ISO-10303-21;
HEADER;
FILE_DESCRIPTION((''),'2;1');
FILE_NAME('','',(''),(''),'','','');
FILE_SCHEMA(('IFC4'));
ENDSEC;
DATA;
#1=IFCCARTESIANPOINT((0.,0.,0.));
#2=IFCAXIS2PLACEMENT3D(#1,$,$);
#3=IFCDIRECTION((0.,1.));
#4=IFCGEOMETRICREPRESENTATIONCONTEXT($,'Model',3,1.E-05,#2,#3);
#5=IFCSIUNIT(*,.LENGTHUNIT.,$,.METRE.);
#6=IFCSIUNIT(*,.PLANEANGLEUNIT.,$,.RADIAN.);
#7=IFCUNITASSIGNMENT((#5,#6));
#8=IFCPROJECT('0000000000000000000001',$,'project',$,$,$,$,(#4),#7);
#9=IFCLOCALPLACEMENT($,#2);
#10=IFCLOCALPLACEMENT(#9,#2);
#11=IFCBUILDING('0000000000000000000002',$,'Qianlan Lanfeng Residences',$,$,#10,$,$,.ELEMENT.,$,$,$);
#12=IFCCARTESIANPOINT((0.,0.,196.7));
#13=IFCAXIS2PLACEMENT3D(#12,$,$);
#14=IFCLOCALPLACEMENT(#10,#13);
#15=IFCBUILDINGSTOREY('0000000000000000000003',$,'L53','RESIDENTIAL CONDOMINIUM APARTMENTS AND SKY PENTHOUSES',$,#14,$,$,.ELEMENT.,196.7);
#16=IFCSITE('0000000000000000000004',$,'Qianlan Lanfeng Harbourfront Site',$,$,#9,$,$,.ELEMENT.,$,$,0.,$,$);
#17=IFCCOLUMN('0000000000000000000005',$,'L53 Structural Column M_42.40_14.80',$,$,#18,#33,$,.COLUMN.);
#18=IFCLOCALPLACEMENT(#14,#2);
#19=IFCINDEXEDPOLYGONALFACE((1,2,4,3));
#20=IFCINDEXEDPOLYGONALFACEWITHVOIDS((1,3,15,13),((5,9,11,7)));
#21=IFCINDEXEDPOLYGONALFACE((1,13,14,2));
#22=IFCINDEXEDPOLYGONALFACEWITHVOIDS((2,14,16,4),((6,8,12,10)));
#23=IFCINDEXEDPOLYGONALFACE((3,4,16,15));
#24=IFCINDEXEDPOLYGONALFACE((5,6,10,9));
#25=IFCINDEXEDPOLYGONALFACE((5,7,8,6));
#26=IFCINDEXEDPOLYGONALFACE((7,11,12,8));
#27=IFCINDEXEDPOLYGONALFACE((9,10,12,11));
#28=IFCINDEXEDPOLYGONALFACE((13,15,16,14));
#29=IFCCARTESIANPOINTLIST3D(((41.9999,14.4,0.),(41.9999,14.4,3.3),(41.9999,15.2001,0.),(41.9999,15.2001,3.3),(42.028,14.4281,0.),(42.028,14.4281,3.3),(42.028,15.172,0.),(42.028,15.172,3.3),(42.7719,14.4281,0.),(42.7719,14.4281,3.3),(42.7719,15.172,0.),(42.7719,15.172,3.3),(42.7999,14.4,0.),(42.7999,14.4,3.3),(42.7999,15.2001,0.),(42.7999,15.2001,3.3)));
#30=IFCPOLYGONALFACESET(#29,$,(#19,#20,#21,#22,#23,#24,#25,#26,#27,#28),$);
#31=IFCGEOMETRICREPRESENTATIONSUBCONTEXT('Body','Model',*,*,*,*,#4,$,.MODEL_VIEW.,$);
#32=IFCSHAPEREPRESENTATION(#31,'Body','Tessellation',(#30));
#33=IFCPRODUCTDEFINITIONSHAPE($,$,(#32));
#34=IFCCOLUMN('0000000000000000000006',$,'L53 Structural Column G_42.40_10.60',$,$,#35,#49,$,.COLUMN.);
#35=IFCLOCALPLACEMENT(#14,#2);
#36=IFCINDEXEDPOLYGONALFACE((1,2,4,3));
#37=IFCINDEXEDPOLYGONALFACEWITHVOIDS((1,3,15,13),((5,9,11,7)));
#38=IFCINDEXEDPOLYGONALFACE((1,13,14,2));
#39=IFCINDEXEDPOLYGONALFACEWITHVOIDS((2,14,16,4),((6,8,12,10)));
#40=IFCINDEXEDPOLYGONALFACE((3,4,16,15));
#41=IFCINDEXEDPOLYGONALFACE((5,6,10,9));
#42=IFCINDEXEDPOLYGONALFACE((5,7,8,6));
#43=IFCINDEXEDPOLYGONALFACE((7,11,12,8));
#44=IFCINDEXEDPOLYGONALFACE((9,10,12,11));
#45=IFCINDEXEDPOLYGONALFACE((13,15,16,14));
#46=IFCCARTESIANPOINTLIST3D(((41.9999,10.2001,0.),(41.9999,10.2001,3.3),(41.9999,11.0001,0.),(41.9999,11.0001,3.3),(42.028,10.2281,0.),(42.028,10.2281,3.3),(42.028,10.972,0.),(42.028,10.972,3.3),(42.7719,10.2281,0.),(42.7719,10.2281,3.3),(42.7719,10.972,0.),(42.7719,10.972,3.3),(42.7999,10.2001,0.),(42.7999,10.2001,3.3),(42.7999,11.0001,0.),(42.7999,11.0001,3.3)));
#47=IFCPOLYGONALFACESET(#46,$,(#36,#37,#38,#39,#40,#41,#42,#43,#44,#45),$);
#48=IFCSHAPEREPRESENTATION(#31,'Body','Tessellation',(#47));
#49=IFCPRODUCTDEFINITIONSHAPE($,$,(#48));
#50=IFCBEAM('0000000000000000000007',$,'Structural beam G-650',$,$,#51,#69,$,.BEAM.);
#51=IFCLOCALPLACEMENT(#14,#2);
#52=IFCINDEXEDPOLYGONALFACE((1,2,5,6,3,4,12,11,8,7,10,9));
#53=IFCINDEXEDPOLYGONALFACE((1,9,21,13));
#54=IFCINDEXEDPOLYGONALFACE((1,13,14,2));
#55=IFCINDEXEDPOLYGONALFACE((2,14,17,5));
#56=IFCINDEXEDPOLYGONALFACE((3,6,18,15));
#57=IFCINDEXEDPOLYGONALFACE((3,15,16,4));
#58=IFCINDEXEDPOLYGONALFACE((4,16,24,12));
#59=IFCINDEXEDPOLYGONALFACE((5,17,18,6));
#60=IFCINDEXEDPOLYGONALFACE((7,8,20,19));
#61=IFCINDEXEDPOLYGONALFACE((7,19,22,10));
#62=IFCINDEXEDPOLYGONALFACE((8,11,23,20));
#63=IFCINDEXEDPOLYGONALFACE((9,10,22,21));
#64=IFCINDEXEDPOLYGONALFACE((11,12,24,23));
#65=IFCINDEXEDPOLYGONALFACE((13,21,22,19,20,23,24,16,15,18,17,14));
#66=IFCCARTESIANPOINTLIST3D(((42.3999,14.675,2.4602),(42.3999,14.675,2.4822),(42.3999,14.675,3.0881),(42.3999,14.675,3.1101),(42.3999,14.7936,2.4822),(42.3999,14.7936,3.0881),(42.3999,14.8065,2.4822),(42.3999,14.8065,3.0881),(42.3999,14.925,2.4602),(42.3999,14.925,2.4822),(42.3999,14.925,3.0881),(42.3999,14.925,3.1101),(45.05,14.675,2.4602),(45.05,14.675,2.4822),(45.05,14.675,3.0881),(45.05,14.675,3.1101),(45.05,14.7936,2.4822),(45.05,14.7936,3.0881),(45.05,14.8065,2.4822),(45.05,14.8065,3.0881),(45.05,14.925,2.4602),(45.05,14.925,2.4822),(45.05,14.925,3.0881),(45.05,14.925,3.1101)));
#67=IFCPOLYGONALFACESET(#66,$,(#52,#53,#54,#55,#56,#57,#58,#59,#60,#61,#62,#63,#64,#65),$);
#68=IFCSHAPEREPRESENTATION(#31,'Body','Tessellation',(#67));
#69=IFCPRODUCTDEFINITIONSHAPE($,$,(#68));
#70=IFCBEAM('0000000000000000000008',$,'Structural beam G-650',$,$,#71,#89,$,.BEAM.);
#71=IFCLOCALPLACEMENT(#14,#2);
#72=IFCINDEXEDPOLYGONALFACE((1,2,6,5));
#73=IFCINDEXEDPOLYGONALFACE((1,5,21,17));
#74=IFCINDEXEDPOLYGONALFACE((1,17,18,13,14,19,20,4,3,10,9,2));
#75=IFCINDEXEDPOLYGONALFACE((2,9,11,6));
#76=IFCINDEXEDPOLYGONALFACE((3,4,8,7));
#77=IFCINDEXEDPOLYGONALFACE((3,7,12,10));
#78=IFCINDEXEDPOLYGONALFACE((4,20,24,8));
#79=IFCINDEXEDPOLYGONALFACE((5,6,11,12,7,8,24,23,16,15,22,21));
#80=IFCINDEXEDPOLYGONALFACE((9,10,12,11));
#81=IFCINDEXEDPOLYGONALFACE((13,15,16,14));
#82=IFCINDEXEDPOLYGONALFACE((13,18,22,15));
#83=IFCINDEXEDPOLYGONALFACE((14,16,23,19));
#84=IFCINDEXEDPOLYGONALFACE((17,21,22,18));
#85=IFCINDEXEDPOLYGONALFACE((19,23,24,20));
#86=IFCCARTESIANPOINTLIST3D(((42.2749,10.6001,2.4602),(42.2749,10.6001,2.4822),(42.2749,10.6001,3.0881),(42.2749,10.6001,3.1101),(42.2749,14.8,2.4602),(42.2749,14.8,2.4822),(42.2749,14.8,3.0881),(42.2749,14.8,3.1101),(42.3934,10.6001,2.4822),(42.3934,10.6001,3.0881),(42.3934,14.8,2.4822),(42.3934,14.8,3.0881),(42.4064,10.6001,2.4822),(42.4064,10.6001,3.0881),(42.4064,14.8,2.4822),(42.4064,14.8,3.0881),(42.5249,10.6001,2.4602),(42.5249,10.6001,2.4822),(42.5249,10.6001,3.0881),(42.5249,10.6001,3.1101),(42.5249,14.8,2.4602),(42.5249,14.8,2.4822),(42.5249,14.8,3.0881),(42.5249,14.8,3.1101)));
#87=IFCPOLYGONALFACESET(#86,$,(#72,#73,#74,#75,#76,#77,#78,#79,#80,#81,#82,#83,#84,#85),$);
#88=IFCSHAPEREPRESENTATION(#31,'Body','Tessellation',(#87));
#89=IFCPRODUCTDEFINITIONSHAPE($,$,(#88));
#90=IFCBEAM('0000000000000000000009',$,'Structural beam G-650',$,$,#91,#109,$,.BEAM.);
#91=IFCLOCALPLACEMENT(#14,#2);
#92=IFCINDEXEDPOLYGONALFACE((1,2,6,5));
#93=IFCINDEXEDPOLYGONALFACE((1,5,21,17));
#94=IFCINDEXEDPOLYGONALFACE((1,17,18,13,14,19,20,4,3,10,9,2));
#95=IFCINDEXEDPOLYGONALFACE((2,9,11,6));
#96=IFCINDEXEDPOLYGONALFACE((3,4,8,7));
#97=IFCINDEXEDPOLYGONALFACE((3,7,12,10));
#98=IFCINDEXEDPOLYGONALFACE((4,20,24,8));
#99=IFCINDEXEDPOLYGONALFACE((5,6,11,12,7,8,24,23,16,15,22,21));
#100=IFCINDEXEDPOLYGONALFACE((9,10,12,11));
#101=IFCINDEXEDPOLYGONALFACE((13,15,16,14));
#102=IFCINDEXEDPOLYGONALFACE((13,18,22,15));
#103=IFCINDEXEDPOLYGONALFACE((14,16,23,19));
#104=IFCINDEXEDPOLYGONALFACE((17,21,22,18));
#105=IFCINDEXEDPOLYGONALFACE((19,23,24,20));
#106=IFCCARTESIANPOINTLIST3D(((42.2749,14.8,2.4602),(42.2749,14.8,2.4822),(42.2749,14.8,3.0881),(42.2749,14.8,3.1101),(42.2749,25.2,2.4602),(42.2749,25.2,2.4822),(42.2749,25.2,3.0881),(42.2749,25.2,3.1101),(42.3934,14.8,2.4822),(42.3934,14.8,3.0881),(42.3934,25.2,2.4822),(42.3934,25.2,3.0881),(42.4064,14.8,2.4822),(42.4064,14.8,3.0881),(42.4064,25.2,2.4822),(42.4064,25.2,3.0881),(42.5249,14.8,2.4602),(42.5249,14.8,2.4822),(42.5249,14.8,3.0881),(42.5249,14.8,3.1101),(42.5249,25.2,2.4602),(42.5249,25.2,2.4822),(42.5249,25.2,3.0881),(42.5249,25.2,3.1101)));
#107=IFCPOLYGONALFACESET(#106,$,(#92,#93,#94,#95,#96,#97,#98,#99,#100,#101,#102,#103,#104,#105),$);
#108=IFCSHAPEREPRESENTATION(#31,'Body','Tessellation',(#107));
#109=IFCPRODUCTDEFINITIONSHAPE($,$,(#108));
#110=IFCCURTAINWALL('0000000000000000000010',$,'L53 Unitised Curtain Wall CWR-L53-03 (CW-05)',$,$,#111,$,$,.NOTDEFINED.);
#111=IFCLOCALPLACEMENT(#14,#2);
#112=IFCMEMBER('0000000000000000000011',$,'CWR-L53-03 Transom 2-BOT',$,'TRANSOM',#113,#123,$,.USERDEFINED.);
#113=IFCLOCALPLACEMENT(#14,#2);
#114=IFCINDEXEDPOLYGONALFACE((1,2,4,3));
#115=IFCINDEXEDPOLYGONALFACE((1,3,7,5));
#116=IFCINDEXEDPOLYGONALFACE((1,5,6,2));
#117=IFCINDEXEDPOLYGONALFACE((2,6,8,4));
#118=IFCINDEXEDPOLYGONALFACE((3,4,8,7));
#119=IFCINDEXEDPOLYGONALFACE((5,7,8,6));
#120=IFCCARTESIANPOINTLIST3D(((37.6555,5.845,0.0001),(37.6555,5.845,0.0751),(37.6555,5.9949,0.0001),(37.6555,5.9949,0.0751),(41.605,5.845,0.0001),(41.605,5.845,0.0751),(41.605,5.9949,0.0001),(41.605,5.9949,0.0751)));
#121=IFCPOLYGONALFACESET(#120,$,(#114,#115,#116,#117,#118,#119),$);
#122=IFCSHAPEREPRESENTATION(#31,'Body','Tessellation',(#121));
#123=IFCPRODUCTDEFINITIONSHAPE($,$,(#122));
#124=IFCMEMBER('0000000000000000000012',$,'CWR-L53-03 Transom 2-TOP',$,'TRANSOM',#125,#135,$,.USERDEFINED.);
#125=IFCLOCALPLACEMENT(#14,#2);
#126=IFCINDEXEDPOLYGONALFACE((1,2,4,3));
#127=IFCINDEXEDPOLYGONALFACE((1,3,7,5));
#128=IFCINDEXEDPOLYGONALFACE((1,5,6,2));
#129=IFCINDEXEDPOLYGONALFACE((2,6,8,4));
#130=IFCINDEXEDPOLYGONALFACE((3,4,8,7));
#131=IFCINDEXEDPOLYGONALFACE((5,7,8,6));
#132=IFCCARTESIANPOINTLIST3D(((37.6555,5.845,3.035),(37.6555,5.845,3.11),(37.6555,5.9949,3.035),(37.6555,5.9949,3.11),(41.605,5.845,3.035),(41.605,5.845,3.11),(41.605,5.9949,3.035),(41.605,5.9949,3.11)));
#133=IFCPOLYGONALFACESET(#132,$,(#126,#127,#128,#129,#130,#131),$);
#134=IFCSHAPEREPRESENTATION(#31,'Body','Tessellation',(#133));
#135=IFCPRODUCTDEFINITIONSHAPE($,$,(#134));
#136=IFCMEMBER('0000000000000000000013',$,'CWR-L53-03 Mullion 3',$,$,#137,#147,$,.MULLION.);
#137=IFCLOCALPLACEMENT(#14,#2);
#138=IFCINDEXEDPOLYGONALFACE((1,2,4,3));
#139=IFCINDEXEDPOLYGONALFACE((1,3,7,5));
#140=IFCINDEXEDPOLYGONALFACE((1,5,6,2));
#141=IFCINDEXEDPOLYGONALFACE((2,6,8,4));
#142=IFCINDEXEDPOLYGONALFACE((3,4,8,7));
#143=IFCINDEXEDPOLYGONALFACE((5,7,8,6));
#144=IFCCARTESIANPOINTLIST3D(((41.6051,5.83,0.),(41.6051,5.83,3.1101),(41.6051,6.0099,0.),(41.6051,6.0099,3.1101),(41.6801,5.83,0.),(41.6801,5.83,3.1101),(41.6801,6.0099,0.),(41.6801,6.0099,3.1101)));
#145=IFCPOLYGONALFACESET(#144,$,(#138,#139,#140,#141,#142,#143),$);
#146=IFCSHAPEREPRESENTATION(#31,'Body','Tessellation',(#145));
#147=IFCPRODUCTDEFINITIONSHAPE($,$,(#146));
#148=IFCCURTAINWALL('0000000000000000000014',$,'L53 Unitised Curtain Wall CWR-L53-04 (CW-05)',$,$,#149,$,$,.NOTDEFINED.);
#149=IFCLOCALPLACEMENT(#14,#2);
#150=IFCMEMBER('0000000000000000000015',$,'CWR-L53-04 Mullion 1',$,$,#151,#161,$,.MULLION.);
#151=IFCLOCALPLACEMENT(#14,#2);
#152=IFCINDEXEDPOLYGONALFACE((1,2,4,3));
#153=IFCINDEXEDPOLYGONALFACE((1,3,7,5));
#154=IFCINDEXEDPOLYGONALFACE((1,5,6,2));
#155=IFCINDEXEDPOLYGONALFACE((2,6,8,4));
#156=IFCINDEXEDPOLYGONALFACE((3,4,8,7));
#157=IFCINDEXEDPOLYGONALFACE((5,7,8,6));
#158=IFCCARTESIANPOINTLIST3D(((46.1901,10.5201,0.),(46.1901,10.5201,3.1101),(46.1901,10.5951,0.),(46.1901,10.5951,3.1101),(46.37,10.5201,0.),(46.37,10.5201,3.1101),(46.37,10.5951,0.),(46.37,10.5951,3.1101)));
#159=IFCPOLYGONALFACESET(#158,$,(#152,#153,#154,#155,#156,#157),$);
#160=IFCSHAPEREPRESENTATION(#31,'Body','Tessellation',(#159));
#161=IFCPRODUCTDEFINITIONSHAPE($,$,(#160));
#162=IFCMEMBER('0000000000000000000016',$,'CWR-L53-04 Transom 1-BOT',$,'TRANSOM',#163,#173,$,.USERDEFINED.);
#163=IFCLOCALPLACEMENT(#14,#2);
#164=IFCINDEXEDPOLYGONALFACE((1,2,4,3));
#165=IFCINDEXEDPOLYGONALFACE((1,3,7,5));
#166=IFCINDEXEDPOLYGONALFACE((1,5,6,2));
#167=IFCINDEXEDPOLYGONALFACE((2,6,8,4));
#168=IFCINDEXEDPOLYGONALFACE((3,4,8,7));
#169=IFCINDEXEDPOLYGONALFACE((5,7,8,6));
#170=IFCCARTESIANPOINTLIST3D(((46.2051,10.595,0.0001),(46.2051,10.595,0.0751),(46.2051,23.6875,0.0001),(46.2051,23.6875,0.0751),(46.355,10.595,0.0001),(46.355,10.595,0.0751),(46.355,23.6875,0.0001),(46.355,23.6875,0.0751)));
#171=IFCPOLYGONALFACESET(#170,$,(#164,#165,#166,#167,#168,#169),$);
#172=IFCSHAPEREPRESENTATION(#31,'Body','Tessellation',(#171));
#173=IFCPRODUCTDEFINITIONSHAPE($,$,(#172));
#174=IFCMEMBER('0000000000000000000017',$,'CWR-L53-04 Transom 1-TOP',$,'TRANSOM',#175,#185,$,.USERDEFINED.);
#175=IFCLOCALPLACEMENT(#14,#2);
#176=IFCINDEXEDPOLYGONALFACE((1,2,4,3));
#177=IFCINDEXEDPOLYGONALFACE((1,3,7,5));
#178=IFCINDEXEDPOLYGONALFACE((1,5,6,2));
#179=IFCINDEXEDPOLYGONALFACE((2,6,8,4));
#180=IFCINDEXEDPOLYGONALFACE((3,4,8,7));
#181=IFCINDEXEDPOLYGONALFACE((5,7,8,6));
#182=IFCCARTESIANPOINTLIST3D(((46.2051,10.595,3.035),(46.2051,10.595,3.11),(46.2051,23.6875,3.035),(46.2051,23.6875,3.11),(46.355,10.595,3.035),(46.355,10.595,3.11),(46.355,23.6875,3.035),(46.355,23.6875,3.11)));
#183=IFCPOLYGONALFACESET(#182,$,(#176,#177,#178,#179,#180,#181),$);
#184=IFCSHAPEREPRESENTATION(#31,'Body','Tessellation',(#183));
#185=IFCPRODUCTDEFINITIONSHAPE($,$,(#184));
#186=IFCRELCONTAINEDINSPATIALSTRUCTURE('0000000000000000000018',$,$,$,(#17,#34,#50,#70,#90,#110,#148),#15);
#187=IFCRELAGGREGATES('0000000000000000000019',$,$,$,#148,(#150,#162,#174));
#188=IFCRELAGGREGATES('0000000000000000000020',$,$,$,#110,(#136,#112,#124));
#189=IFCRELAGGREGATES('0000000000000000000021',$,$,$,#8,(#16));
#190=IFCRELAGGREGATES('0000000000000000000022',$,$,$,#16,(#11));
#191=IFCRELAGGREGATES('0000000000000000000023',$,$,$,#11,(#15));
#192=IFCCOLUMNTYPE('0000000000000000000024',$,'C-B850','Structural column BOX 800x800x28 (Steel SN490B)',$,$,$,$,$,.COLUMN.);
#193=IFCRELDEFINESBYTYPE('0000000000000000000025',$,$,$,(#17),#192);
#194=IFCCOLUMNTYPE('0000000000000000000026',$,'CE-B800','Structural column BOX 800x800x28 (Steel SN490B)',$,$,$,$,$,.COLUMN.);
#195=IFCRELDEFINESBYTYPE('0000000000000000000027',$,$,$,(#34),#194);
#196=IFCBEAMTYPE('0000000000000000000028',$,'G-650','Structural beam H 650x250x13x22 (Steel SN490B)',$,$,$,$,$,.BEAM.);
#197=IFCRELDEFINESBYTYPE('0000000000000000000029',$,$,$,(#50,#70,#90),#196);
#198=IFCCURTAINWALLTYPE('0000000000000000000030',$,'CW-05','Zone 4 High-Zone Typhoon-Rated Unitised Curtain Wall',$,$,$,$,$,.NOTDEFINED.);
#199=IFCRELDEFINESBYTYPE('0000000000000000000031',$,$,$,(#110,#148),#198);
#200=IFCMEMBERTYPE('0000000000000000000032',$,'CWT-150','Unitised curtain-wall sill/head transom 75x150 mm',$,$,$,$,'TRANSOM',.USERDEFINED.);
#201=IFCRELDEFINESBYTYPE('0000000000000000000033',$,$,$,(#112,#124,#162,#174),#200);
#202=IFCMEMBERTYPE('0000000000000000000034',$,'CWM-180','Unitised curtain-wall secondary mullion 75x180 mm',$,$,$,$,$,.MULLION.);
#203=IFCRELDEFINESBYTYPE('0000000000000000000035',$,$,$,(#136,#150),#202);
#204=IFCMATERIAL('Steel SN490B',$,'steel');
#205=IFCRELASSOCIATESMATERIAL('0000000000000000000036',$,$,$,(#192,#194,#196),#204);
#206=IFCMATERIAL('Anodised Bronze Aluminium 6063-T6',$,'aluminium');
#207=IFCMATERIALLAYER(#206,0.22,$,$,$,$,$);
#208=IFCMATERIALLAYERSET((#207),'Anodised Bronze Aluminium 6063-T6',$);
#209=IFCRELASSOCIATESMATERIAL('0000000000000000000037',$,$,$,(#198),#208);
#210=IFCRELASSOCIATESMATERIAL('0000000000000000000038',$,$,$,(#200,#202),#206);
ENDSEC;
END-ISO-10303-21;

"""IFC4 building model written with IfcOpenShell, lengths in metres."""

from ifc_helpers import new_model, si_unit, direction, frame, origin, origin_2d, place, context, subcontext, project, spatial, rectangle, hollow_rectangle, i_section, extrude, source, transform, mapped, material, layer, layer_set, material_profile, profile_set, type_object, element, aggregate, save


model = new_model("IFC4")

# Units and contexts
model_context = context("Model", 3, precision=1e-05, world=origin(), true_north=direction((0.0, 1.0)))
body_context = subcontext(model_context, "Body", "Model", "MODEL_VIEW")
ifc_project = project(units=[si_unit("LENGTHUNIT", "METRE"), si_unit("PLANEANGLEUNIT", "RADIAN")], contexts=[model_context])

# Site, building, storey
site_placement = place(None, origin())
site = spatial("IfcSite", under=ifc_project, at=site_placement, Name="Qianlan Lanfeng Harbourfront Site", CompositionType="ELEMENT", RefElevation=0.0)
building_placement = place(site_placement, origin())
building = spatial("IfcBuilding", under=site, at=building_placement, Name="Qianlan Lanfeng Residences", CompositionType="ELEMENT")
storey_placement = place(building_placement, frame((0.0, 0.0, 196.7)))
storey = spatial("IfcBuildingStorey", under=building, at=storey_placement, Name="L53", Description="RESIDENTIAL CONDOMINIUM APARTMENTS AND SKY PENTHOUSES", CompositionType="ELEMENT", Elevation=196.7)

# Columns
ifc_material_1 = material(Name="Steel SN490B", Category="steel")
ifc_material_profile_1 = material_profile(ifc_material_1, hollow_rectangle(XDim=0.8, YDim=0.8, WallThickness=0.0281, at=origin_2d()), Name="BOX 800x800x28")
ifc_profile_set_1 = profile_set([ifc_material_profile_1], Name="Steel SN490B")
column_type_1 = type_object("IfcColumnType", Name="C-B850", Description="Structural column BOX 800x800x28 (Steel SN490B)", PredefinedType="COLUMN", material=ifc_profile_set_1)
column_1_placement = place(storey_placement, frame((42.3999, 14.8, 0.0), z_axis=(0.0, 0.0, 1.0), x_axis=(1.0, 0.0, 0.0)))
element("IfcColumn", 1, at=column_1_placement, inside=storey, type_object=column_type_1, Name="L53 Structural Column M_42.40_14.80", PredefinedType="COLUMN", context=body_context, shape_type="SweptSolid", body=[
    extrude(hollow_rectangle(XDim=0.8, YDim=0.8, WallThickness=0.0281, at=origin_2d()), origin(), (0.0, 0.0, 1.0), 3.3),
])
ifc_material_profile_2 = material_profile(ifc_material_1, hollow_rectangle(XDim=0.8, YDim=0.8, WallThickness=0.0281, at=origin_2d()), Name="BOX 800x800x28")
ifc_profile_set_2 = profile_set([ifc_material_profile_2], Name="Steel SN490B")
column_type_2 = type_object("IfcColumnType", Name="CE-B800", Description="Structural column BOX 800x800x28 (Steel SN490B)", PredefinedType="COLUMN", material=ifc_profile_set_2)
column_2_placement = place(storey_placement, frame((42.3999, 10.6001, 0.0), z_axis=(0.0, 0.0, 1.0), x_axis=(1.0, 0.0, 0.0)))
element("IfcColumn", 2, at=column_2_placement, inside=storey, type_object=column_type_2, Name="L53 Structural Column G_42.40_10.60", PredefinedType="COLUMN", context=body_context, shape_type="SweptSolid", body=[
    extrude(hollow_rectangle(XDim=0.8, YDim=0.8, WallThickness=0.0281, at=origin_2d()), origin(), (0.0, 0.0, 1.0), 3.3),
])

# Beams
ifc_material_profile_3 = material_profile(ifc_material_1, i_section(OverallWidth=0.25, OverallDepth=0.6499, WebThickness=0.0129, FlangeThickness=0.022, at=origin_2d()), Name="H 650x250x13x22")
ifc_profile_set_3 = profile_set([ifc_material_profile_3], Name="Steel SN490B")
beam_type = type_object("IfcBeamType", Name="G-650", Description="Structural beam H 650x250x13x22 (Steel SN490B)", PredefinedType="BEAM", material=ifc_profile_set_3)
beam_1_placement = place(storey_placement, frame((42.3999, 14.8, 2.7852), z_axis=(1.0, 0.0, 0.0), x_axis=(0.0, 1.0, 0.0)))
element("IfcBeam", 3, at=beam_1_placement, inside=storey, type_object=beam_type, Name="Structural beam G-650", PredefinedType="BEAM", context=body_context, shape_type="SweptSolid", body=[
    extrude(i_section(OverallWidth=0.25, OverallDepth=0.6499, WebThickness=0.0129, FlangeThickness=0.022, at=origin_2d()), origin(), (0.0, 0.0, 1.0), 2.6501),
])
beam_2_placement = place(storey_placement, frame((42.3999, 10.6001, 2.7852), z_axis=(0.0, 1.0, 0.0), x_axis=(-1.0, 0.0, 0.0)))
element("IfcBeam", 4, at=beam_2_placement, inside=storey, type_object=beam_type, Name="Structural beam G-650", PredefinedType="BEAM", context=body_context, shape_type="SweptSolid", body=[
    extrude(i_section(OverallWidth=0.25, OverallDepth=0.6499, WebThickness=0.0129, FlangeThickness=0.022, at=origin_2d()), origin(), (0.0, 0.0, 1.0), 4.2),
])
beam_3_placement = place(storey_placement, frame((42.3999, 14.8, 2.7852), z_axis=(0.0, 1.0, 0.0), x_axis=(-1.0, 0.0, 0.0)))
element("IfcBeam", 5, at=beam_3_placement, inside=storey, type_object=beam_type, Name="Structural beam G-650", PredefinedType="BEAM", context=body_context, shape_type="SweptSolid", body=[
    extrude(i_section(OverallWidth=0.25, OverallDepth=0.6499, WebThickness=0.0129, FlangeThickness=0.022, at=origin_2d()), origin(), (0.0, 0.0, 1.0), 10.3999),
])

# Curtain walls, members
ifc_material_2 = material(Name="Anodised Bronze Aluminium 6063-T6", Category="aluminium")
ifc_layer_1 = layer(ifc_material_2, 0.22)
ifc_layer_set_1 = layer_set([ifc_layer_1], Name="Anodised Bronze Aluminium 6063-T6")
curtain_wall_type = type_object("IfcCurtainWallType", Name="CW-05", Description="Zone 4 High-Zone Typhoon-Rated Unitised Curtain Wall", PredefinedType="NOTDEFINED", material=ifc_layer_set_1)
curtain_wall_1_placement = place(storey_placement, origin())
curtain_wall_1 = element("IfcCurtainWall", 6, at=curtain_wall_1_placement, inside=storey, type_object=curtain_wall_type, Name="L53 Unitised Curtain Wall CWR-L53-03 (CW-05)", PredefinedType="NOTDEFINED")
ifc_material_profile_4 = material_profile(ifc_material_2, rectangle(XDim=0.075, YDim=0.1499, at=origin_2d()), Name="ALU TRANSOM 75x150")
ifc_profile_set_4 = profile_set([ifc_material_profile_4], Name="Anodised Bronze Aluminium 6063-T6")
member_type_1 = type_object("IfcMemberType", Name="CWT-150", Description="Unitised curtain-wall sill/head transom 75x150 mm", ElementType="TRANSOM", PredefinedType="USERDEFINED", material=ifc_profile_set_4)
shared_shape_1 = source(origin(), body_context, "Body", "SweptSolid", [
    extrude(rectangle(XDim=0.075, YDim=0.1499, at=origin_2d()), origin(), (0.0, 0.0, 1.0), 3.9495),
])
member_1_placement = place(storey_placement, frame((37.6555, 5.9199, 0.0376), z_axis=(1.0, 0.0, 0.0), x_axis=(0.0, 0.0, 1.0)))
member_1 = element("IfcMember", 7, at=member_1_placement, type_object=member_type_1, Name="CWR-L53-03 Transom 2-BOT", ObjectType="TRANSOM", PredefinedType="USERDEFINED", context=body_context, shape_type="MappedRepresentation", body=[
    mapped(shared_shape_1, transform((0.0, 0.0, 0.0), scale=1.0)),
])
member_2_placement = place(storey_placement, frame((37.6555, 5.9199, 3.0725), z_axis=(1.0, 0.0, 0.0), x_axis=(0.0, 0.0, 1.0)))
member_2 = element("IfcMember", 8, at=member_2_placement, type_object=member_type_1, Name="CWR-L53-03 Transom 2-TOP", ObjectType="TRANSOM", PredefinedType="USERDEFINED", context=body_context, shape_type="MappedRepresentation", body=[
    mapped(shared_shape_1, transform((0.0, 0.0, 0.0), scale=1.0)),
])
ifc_material_profile_5 = material_profile(ifc_material_2, rectangle(XDim=0.075, YDim=0.1799, at=origin_2d()), Name="ALU MULLION 75x180")
ifc_profile_set_5 = profile_set([ifc_material_profile_5], Name="Anodised Bronze Aluminium 6063-T6")
member_type_2 = type_object("IfcMemberType", Name="CWM-180", Description="Unitised curtain-wall secondary mullion 75x180 mm", PredefinedType="MULLION", material=ifc_profile_set_5)
shared_shape_2 = source(origin(), body_context, "Body", "SweptSolid", [
    extrude(rectangle(XDim=0.075, YDim=0.1799, at=origin_2d()), origin(), (0.0, 0.0, 1.0), 3.1101),
])
member_3_placement = place(storey_placement, frame((41.6426, 5.9199, 0.0), z_axis=(0.0, 0.0, 1.0), x_axis=(1.0, 0.0, 0.0)))
member_3 = element("IfcMember", 9, at=member_3_placement, type_object=member_type_2, Name="CWR-L53-03 Mullion 3", PredefinedType="MULLION", context=body_context, shape_type="MappedRepresentation", body=[
    mapped(shared_shape_2, transform((0.0, 0.0, 0.0), scale=1.0)),
])
curtain_wall_2_placement = place(storey_placement, origin())
curtain_wall_2 = element("IfcCurtainWall", 10, at=curtain_wall_2_placement, inside=storey, type_object=curtain_wall_type, Name="L53 Unitised Curtain Wall CWR-L53-04 (CW-05)", PredefinedType="NOTDEFINED")
member_4_placement = place(storey_placement, frame((46.28, 10.5576, 0.0), z_axis=(0.0, 0.0, 1.0), x_axis=(0.0, 1.0, 0.0)))
member_4 = element("IfcMember", 11, at=member_4_placement, type_object=member_type_2, Name="CWR-L53-04 Mullion 1", PredefinedType="MULLION", context=body_context, shape_type="MappedRepresentation", body=[
    mapped(shared_shape_2, transform((0.0, 0.0, 0.0), scale=1.0)),
])
shared_shape_3 = source(origin(), body_context, "Body", "SweptSolid", [
    extrude(rectangle(XDim=0.075, YDim=0.1499, at=origin_2d()), origin(), (0.0, 0.0, 1.0), 13.0925),
])
member_5_placement = place(storey_placement, frame((46.28, 10.595, 0.0376), z_axis=(0.0, 1.0, 0.0), x_axis=(0.0, 0.0, 1.0)))
member_5 = element("IfcMember", 12, at=member_5_placement, type_object=member_type_1, Name="CWR-L53-04 Transom 1-BOT", ObjectType="TRANSOM", PredefinedType="USERDEFINED", context=body_context, shape_type="MappedRepresentation", body=[
    mapped(shared_shape_3, transform((0.0, 0.0, 0.0), scale=1.0)),
])
member_6_placement = place(storey_placement, frame((46.28, 10.595, 3.0725), z_axis=(0.0, 1.0, 0.0), x_axis=(0.0, 0.0, 1.0)))
member_6 = element("IfcMember", 13, at=member_6_placement, type_object=member_type_1, Name="CWR-L53-04 Transom 1-TOP", ObjectType="TRANSOM", PredefinedType="USERDEFINED", context=body_context, shape_type="MappedRepresentation", body=[
    mapped(shared_shape_3, transform((0.0, 0.0, 0.0), scale=1.0)),
])
aggregate(curtain_wall_2, [member_4, member_5, member_6])

aggregate(curtain_wall_1, [member_3, member_1, member_2])

save(model, "model.ifc")
